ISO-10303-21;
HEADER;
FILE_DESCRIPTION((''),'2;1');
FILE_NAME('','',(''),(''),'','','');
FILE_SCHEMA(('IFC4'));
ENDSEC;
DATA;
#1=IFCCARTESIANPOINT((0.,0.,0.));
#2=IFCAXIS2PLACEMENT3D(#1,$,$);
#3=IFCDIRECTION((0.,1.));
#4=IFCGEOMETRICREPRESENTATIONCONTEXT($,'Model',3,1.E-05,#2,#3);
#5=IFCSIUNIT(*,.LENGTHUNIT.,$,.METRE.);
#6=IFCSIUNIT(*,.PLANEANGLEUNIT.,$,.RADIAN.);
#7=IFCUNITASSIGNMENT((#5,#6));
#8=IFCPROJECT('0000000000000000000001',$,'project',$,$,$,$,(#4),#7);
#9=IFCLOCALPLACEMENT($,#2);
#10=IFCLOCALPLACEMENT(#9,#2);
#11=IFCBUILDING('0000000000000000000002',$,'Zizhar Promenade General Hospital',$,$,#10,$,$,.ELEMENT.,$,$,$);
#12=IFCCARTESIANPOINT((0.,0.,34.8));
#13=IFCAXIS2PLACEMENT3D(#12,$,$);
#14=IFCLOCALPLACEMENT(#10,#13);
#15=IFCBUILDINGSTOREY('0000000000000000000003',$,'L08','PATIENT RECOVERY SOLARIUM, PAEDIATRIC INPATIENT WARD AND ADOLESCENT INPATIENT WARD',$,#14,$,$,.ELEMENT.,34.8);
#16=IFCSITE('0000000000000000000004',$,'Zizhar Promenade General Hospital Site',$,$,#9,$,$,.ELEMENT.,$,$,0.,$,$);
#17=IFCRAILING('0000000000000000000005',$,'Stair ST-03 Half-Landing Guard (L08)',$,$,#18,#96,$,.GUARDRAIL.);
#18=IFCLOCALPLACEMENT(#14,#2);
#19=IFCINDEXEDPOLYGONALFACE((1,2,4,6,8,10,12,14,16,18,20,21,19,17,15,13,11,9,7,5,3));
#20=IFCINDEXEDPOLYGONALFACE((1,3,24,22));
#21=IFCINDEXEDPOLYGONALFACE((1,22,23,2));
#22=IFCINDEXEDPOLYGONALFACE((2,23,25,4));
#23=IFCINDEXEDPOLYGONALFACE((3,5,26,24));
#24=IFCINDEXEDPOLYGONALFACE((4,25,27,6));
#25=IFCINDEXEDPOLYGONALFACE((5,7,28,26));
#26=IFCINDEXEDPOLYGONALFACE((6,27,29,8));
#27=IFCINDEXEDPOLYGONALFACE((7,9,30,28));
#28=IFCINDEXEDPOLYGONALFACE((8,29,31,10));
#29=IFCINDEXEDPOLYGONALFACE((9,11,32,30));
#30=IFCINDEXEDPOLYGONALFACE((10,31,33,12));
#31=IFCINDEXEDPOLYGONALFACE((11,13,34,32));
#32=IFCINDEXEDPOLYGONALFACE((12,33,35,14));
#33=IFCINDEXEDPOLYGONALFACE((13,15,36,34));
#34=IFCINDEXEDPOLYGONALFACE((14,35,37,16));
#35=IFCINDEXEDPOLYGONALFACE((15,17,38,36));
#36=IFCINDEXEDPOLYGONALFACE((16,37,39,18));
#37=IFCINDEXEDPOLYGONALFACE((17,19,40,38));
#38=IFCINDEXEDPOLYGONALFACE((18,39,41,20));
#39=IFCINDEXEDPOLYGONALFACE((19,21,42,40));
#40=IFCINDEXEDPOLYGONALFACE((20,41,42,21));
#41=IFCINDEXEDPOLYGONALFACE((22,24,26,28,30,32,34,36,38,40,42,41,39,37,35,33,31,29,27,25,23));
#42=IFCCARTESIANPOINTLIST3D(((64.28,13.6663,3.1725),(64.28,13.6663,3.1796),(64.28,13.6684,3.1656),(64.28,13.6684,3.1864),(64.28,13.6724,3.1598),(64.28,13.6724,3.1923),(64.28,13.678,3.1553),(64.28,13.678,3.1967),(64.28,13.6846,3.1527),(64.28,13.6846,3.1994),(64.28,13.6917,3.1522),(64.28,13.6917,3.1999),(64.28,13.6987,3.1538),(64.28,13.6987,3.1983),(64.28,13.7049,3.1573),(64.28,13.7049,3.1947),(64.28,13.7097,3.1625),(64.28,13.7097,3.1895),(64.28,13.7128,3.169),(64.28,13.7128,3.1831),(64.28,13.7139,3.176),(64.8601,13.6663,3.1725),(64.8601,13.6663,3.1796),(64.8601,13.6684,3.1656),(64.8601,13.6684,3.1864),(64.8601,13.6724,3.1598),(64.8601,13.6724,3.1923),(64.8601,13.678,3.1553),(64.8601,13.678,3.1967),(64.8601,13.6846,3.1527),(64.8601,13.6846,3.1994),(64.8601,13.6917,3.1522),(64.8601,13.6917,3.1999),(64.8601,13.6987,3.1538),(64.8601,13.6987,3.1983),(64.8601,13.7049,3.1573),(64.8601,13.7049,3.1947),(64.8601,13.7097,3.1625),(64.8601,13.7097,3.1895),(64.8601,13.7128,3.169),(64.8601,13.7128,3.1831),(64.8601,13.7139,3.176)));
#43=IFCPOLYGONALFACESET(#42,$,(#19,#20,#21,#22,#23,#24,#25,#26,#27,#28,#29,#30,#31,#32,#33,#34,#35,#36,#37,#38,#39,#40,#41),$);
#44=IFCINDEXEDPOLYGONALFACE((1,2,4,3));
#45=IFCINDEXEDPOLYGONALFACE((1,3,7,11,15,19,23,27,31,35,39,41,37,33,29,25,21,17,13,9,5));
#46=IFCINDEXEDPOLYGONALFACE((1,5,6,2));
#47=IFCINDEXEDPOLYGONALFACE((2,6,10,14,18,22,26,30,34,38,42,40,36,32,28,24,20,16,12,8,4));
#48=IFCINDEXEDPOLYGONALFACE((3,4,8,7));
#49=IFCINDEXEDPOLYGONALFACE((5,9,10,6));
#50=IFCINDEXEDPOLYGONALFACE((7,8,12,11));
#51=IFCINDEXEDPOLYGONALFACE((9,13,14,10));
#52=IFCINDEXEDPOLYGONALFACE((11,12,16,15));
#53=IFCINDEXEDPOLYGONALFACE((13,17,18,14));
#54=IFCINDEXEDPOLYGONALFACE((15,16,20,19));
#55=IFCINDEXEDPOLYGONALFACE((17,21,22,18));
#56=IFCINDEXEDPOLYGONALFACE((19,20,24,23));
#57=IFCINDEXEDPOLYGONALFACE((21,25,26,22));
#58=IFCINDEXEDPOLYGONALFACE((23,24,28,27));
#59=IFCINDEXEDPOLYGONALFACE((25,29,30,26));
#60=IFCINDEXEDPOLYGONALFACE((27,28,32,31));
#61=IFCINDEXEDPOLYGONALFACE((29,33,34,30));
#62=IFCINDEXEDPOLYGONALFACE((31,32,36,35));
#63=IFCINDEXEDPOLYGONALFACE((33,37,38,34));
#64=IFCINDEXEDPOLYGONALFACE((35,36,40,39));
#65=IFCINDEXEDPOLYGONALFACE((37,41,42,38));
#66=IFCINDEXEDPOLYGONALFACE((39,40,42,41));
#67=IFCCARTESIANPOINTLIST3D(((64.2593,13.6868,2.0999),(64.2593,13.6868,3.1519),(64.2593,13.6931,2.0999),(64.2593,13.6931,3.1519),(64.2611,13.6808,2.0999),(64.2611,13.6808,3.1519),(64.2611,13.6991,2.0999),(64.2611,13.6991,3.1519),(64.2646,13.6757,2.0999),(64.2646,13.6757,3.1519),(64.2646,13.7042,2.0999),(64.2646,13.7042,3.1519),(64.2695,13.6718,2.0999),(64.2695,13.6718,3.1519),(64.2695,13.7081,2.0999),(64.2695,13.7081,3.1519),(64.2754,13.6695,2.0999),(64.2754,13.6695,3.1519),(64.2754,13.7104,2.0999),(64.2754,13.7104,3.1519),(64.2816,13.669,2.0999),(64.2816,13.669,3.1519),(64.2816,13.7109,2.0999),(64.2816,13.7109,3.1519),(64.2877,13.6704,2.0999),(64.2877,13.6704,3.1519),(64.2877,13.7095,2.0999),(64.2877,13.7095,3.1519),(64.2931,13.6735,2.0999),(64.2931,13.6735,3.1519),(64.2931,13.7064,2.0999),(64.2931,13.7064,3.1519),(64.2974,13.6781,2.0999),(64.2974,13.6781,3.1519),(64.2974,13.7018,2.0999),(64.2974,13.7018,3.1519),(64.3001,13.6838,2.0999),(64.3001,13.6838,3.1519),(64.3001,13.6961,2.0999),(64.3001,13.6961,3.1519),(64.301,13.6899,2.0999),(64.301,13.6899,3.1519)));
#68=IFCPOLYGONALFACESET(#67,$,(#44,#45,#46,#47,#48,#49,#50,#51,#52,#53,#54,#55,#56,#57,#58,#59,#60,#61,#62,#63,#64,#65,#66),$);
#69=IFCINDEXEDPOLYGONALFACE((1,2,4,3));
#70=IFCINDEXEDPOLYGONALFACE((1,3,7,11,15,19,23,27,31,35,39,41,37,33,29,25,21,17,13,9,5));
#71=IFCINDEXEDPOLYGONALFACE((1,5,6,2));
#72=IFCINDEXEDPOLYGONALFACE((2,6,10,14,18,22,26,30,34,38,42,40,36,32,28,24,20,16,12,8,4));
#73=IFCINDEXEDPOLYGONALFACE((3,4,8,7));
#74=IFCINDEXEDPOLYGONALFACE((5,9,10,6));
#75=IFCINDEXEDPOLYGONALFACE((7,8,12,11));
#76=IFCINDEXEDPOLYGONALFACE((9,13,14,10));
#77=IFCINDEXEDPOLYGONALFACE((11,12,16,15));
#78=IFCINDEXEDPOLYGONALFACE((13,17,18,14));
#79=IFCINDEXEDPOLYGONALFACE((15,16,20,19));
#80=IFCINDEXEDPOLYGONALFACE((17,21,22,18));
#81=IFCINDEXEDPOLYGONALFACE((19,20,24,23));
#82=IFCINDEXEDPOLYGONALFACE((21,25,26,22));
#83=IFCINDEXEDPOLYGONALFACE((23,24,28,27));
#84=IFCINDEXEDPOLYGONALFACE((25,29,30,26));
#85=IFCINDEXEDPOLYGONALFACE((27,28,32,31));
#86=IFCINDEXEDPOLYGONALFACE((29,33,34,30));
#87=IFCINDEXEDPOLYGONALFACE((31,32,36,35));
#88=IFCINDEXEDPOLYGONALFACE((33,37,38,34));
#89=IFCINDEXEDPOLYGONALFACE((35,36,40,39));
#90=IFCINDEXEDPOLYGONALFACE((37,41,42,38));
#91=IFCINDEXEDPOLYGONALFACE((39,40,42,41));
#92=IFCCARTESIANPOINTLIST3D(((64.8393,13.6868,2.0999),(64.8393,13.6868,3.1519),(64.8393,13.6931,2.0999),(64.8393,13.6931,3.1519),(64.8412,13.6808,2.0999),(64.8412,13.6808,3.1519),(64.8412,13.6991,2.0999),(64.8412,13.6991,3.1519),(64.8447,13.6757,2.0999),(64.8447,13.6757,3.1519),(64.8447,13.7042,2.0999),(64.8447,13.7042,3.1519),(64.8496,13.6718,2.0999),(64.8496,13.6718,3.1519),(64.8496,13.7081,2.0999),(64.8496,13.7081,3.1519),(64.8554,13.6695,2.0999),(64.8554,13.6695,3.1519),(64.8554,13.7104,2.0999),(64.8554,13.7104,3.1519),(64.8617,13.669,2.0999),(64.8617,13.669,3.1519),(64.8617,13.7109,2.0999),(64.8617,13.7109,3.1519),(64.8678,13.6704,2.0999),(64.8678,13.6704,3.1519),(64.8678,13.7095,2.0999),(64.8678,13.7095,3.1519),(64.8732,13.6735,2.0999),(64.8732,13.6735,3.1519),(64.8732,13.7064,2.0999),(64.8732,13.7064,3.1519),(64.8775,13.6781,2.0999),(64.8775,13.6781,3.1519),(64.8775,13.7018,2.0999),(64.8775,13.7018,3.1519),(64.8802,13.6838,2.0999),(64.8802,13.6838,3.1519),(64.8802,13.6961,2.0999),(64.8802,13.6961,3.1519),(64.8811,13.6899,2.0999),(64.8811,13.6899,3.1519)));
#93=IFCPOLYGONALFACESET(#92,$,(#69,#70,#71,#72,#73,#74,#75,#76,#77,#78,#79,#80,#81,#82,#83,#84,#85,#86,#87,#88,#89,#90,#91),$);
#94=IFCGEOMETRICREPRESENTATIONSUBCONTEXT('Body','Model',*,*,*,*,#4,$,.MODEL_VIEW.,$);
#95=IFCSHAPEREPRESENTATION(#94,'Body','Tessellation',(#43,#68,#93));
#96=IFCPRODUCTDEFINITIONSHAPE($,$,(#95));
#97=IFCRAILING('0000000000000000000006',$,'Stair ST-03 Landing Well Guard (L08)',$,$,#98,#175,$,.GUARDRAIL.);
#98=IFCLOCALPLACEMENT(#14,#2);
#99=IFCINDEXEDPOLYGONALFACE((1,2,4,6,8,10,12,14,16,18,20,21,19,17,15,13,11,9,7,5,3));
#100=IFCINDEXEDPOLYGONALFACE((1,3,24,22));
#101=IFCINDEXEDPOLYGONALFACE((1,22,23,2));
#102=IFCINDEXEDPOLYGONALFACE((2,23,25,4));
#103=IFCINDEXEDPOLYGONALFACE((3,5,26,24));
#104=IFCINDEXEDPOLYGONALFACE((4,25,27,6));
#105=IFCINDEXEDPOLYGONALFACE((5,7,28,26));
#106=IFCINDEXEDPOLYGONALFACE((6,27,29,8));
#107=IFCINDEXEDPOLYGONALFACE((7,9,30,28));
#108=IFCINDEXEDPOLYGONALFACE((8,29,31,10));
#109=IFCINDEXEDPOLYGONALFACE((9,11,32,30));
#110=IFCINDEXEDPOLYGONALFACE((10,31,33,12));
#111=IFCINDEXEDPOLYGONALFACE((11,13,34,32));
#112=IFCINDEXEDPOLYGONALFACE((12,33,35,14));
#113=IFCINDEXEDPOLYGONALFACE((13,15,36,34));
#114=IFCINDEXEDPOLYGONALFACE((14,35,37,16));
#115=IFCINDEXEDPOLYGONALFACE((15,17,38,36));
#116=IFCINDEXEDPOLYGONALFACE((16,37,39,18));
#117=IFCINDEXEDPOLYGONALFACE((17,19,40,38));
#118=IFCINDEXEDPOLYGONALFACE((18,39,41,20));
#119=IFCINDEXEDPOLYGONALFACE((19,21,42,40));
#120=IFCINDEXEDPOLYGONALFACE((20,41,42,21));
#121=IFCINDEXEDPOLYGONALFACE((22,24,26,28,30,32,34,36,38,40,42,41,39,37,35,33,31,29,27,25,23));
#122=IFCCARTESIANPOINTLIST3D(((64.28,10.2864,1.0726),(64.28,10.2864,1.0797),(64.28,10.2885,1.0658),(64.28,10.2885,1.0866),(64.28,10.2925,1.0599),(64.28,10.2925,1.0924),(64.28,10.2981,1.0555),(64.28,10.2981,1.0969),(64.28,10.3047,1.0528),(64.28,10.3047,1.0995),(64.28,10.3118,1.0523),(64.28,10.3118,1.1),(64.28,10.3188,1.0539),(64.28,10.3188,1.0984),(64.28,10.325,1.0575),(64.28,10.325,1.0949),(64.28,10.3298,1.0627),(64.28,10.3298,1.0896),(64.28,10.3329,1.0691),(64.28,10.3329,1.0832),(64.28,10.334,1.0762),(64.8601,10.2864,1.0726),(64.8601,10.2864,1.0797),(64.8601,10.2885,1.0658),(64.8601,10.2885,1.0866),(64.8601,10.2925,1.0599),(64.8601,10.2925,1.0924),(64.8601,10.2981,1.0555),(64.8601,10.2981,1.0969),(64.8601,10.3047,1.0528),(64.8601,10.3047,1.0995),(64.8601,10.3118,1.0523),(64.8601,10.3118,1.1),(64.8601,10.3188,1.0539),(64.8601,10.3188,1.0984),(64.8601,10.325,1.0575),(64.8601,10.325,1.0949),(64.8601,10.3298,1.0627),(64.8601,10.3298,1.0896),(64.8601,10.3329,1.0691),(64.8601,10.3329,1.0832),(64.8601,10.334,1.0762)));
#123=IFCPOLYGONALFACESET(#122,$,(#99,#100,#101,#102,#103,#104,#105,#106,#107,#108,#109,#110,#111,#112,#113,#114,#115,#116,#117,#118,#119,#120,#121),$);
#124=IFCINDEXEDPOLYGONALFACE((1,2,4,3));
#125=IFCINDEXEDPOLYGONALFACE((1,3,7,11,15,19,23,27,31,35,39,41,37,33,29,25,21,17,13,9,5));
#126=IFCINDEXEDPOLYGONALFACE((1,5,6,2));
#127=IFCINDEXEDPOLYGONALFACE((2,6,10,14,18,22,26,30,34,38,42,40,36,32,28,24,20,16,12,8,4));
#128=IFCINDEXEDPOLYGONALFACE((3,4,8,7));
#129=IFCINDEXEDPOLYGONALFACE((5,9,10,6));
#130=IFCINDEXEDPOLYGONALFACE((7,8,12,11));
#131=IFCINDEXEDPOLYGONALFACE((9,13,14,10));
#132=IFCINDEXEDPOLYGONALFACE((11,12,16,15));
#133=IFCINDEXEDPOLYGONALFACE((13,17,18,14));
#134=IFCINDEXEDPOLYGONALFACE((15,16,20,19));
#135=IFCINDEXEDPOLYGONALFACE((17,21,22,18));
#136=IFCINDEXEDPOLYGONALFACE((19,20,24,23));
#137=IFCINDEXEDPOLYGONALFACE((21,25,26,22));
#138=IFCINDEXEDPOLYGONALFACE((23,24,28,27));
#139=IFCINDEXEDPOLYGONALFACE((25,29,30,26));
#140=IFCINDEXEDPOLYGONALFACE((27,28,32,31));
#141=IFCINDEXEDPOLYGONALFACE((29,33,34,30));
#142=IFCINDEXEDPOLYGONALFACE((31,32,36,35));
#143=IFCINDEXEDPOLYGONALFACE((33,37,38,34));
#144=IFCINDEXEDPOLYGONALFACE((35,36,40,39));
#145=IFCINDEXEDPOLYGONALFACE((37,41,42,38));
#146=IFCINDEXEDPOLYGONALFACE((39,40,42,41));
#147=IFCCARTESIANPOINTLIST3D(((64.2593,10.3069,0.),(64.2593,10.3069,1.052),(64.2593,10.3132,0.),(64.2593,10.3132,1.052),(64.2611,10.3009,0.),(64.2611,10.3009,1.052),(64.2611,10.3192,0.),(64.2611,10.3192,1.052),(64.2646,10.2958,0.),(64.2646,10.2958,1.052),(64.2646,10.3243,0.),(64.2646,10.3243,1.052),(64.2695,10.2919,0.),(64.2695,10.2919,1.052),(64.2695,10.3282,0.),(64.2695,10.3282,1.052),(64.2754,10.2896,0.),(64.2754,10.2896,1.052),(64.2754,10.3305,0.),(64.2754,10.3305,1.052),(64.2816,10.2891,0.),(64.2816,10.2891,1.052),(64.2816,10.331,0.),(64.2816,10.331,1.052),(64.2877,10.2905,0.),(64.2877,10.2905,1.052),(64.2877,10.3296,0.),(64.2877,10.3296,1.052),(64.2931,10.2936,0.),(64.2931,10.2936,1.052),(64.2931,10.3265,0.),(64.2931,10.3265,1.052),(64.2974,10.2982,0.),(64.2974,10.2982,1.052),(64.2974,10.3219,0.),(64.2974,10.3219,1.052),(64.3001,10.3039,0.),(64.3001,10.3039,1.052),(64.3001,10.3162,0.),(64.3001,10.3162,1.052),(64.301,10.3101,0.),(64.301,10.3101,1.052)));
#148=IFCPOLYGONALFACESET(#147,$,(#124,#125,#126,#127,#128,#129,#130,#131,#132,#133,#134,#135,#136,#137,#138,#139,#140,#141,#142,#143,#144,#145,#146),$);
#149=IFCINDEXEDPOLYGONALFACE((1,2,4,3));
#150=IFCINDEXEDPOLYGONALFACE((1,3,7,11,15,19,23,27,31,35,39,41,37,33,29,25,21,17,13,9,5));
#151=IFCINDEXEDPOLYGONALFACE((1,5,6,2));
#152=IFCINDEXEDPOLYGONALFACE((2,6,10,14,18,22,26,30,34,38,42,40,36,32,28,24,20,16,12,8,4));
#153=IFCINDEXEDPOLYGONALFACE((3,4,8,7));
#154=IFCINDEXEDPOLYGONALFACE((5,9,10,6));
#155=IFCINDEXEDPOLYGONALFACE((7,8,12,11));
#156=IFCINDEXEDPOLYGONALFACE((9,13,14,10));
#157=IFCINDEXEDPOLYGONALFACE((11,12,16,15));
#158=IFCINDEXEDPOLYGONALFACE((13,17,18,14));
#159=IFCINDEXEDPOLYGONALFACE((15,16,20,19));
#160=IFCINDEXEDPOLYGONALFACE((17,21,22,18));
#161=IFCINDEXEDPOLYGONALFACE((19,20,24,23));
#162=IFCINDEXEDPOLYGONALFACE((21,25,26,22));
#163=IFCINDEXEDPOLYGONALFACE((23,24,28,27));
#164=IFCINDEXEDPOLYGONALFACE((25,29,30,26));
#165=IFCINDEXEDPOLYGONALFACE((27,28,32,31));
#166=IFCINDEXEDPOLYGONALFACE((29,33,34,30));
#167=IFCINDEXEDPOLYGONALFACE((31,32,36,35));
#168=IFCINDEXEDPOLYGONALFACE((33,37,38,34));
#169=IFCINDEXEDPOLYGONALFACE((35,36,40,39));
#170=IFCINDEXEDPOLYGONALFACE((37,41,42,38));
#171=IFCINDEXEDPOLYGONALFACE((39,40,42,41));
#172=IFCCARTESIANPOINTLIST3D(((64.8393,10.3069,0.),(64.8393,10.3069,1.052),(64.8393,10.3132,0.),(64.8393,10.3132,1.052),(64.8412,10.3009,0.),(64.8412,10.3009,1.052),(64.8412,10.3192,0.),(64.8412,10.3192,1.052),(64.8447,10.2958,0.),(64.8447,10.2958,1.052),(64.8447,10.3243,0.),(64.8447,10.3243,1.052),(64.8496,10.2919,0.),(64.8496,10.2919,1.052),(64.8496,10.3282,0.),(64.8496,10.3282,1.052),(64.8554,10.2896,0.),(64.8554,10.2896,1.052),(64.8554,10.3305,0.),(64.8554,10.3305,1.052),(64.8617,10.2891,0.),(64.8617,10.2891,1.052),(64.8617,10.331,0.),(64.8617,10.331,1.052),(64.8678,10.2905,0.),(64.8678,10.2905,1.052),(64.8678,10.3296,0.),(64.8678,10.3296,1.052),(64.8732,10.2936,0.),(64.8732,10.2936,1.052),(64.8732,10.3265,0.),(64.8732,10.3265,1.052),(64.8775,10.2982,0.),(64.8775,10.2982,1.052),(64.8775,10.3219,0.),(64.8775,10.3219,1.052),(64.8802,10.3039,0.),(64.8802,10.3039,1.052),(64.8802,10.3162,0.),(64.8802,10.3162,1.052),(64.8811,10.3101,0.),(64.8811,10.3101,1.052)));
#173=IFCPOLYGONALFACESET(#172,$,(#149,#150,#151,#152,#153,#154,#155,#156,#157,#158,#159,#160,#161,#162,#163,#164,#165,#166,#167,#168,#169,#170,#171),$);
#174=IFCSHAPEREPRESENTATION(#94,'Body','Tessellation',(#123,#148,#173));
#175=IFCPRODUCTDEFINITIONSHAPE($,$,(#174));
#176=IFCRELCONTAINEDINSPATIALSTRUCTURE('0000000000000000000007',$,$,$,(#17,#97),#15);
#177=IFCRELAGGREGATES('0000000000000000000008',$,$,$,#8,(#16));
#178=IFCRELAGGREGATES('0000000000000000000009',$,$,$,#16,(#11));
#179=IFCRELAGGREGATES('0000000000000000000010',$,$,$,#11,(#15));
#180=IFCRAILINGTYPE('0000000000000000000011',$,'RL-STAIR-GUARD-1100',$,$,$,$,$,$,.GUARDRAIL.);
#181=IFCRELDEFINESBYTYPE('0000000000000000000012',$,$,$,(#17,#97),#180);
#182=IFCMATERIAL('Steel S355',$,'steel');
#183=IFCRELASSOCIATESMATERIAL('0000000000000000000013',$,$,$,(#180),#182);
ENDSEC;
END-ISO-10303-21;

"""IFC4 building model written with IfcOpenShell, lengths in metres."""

from ifc_helpers import new_model, si_unit, direction, frame, origin, origin_2d, place, context, subcontext, project, spatial, circle, hollow_circle, extrude, material, material_profile, profile_set, type_object, element, save


model = new_model("IFC4")

# Units and contexts
model_context = context("Model", 3, precision=1e-05, world=origin(), true_north=direction((0.0, 1.0)))
body_context = subcontext(model_context, "Body", "Model", "MODEL_VIEW")
ifc_project = project(units=[si_unit("LENGTHUNIT", "METRE"), si_unit("PLANEANGLEUNIT", "RADIAN")], contexts=[model_context])

# Site, building, storey
site_placement = place(None, origin())
site = spatial("IfcSite", under=ifc_project, at=site_placement, Name="Zizhar Promenade General Hospital Site", CompositionType="ELEMENT", RefElevation=0.0)
building_placement = place(site_placement, origin())
building = spatial("IfcBuilding", under=site, at=building_placement, Name="Zizhar Promenade General Hospital", CompositionType="ELEMENT")
storey_placement = place(building_placement, frame((0.0, 0.0, 34.8)))
storey = spatial("IfcBuildingStorey", under=building, at=storey_placement, Name="L08", Description="PATIENT RECOVERY SOLARIUM, PAEDIATRIC INPATIENT WARD AND ADOLESCENT INPATIENT WARD", CompositionType="ELEMENT", Elevation=34.8)

# Railings
ifc_material_1 = material(Name="Steel S355", Category="steel")
ifc_material_profile_1 = material_profile(ifc_material_1, hollow_circle(Radius=0.0698, WallThickness=0.0063, at=origin_2d()))
ifc_profile_set_1 = profile_set([ifc_material_profile_1], Name="Steel S355")
railing_type_1 = type_object("IfcRailingType", Name="RL-STAIR-GUARD-1100", PredefinedType="GUARDRAIL", material=ifc_profile_set_1)
for number, where, name in (
    (1, (64.28, 13.6899, 2.0999), "Stair ST-03 Half-Landing Guard (L08)"),
    (2, (64.28, 10.3101, 0.0), "Stair ST-03 Landing Well Guard (L08)"),
):
    element("IfcRailing", number, at=place(storey_placement, frame(where)), inside=storey, type_object=railing_type_1, Name=name, PredefinedType="GUARDRAIL", context=body_context, shape_type="SweptSolid", body=[
        extrude(circle(Radius=0.0239, at=origin_2d()), frame((0.0, 0.0, 1.0762), z_axis=(1.0, 0.0, 0.0), x_axis=(0.0, 1.0, 0.0)), (0.0, 0.0, 1.0), 0.5801),
        extrude(circle(Radius=0.021, at=origin_2d()), origin(), (0.0, 0.0, 1.0), 1.052),
        extrude(circle(Radius=0.021, at=origin_2d()), frame((0.5801, 0.0, 0.0)), (0.0, 0.0, 1.0), 1.052),
    ])

save(model, "model.ifc")
